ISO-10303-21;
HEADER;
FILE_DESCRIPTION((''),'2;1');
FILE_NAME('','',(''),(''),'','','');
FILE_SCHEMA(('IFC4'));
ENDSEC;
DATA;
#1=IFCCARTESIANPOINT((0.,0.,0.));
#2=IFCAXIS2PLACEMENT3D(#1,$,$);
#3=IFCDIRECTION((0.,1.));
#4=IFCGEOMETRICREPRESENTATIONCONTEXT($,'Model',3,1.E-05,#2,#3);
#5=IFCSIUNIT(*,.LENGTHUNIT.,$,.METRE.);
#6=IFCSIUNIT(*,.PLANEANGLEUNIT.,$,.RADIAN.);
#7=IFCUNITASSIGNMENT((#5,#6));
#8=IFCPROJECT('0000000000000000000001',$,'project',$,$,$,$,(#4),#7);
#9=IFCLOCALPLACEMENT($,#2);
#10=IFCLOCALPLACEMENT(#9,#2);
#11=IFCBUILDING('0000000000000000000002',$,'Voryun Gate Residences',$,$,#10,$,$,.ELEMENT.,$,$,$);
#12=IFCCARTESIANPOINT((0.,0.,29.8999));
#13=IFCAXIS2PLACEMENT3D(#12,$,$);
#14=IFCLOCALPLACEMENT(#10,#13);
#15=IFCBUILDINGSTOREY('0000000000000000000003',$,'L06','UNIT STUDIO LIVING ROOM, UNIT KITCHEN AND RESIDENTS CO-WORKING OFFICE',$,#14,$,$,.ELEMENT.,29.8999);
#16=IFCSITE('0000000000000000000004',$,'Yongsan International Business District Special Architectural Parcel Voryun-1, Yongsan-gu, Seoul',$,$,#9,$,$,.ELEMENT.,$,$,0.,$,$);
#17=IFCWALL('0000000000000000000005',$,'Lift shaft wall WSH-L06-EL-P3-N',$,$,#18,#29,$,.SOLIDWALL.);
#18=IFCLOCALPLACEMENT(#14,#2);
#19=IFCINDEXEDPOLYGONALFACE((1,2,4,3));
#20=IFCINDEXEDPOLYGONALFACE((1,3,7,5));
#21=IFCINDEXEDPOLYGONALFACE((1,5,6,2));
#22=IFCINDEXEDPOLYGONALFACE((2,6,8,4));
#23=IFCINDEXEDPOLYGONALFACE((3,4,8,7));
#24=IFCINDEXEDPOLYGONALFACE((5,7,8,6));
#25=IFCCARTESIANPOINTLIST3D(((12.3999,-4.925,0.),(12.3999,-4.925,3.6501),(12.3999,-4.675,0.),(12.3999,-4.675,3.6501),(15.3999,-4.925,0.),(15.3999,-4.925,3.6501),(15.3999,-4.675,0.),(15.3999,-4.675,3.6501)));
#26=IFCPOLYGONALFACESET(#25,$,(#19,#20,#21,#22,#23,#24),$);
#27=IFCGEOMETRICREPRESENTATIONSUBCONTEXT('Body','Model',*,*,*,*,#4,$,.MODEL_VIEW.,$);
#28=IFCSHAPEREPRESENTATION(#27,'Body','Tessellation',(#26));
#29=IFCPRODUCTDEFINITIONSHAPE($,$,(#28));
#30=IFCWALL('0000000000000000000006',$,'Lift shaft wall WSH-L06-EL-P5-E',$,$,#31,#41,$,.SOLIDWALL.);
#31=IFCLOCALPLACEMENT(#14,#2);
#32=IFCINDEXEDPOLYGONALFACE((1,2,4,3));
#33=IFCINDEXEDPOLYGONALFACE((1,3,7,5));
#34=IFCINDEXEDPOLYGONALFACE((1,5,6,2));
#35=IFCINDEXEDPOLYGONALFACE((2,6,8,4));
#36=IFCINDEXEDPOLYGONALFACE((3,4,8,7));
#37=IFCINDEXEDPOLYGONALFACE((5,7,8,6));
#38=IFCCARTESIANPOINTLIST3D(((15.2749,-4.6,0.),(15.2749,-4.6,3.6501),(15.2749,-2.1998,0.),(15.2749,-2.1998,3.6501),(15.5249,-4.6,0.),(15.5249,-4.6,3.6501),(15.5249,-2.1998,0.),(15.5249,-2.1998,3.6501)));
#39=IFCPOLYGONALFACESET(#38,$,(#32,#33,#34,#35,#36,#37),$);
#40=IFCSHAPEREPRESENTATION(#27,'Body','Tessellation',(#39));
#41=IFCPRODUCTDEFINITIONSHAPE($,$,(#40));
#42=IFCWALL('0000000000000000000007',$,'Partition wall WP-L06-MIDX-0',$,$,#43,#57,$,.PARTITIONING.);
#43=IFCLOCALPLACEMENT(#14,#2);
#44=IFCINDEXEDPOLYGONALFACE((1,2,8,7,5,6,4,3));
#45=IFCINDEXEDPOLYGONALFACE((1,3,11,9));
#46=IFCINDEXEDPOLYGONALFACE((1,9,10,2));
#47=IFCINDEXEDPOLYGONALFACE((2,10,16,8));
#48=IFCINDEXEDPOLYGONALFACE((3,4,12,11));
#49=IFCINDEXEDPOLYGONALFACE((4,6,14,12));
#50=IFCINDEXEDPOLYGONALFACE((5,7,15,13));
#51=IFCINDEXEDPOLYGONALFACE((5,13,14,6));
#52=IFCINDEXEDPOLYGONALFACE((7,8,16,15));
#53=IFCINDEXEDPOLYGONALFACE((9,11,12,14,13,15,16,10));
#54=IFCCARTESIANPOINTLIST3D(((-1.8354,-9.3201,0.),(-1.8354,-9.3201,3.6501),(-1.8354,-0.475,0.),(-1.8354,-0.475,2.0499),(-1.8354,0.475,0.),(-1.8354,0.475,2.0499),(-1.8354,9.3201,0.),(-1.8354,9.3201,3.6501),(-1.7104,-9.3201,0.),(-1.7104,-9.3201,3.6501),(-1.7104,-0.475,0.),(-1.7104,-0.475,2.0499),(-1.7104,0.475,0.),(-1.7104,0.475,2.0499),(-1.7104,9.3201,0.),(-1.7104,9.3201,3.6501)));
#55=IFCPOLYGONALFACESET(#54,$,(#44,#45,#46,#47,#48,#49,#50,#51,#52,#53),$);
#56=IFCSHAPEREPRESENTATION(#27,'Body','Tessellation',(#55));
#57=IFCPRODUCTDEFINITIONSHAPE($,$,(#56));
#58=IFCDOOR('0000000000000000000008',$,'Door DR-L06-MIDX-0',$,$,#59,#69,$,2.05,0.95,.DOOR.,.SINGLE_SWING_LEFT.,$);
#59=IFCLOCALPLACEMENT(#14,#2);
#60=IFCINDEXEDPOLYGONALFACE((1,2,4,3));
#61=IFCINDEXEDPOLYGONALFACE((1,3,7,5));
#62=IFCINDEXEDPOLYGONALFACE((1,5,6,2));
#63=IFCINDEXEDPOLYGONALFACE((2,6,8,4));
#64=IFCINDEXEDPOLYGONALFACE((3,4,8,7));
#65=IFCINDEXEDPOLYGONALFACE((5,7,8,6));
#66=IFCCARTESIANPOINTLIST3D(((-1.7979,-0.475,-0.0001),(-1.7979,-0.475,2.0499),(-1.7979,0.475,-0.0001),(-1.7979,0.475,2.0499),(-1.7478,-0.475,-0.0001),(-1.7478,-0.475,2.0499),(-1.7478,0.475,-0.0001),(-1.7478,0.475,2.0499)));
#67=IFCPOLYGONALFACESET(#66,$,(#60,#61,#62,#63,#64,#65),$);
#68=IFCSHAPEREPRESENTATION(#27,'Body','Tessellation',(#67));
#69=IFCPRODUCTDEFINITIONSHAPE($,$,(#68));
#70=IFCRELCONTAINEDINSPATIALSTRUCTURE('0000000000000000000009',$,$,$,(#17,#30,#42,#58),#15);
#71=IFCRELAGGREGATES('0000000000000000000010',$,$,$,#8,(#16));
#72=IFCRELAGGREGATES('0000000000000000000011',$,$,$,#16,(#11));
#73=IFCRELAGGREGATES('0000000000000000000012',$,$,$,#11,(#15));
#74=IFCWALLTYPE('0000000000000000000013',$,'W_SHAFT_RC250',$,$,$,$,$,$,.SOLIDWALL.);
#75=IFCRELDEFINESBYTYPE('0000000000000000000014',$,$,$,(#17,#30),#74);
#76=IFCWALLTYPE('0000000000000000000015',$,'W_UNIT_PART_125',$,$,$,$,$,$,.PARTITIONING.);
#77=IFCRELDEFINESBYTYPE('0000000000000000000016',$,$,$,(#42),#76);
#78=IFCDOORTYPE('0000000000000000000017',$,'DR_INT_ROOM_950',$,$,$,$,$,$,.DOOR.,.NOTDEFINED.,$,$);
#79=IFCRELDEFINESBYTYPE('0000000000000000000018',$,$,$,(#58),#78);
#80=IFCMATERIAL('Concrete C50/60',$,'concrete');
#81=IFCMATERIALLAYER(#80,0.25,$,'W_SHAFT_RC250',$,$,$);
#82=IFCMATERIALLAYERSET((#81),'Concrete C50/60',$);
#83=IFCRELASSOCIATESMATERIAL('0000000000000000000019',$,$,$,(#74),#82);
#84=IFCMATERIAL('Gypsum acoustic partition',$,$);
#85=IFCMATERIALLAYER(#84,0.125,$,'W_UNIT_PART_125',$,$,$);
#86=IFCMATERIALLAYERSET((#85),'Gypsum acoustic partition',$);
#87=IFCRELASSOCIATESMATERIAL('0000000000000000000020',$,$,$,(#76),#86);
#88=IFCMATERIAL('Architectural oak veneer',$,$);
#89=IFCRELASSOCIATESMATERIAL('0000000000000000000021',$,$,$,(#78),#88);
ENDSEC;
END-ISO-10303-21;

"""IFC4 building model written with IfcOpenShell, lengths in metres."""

from ifc_helpers import new_model, si_unit, direction, frame, frame_2d, origin, place, context, subcontext, project, spatial, rectangle, extrude, material, layer, layer_set, type_object, element, fill, save


model = new_model("IFC4")

# Units and contexts
model_context = context("Model", 3, precision=1e-05, world=origin(), true_north=direction((0.0, 1.0)))
body_context = subcontext(model_context, "Body", "Model", "MODEL_VIEW")
ifc_project = project(units=[si_unit("LENGTHUNIT", "METRE"), si_unit("PLANEANGLEUNIT", "RADIAN")], contexts=[model_context])

# Site, building, storey
site_placement = place(None, origin())
site = spatial("IfcSite", under=ifc_project, at=site_placement, Name="Yongsan International Business District Special Architectural Parcel Voryun-1, Yongsan-gu, Seoul", CompositionType="ELEMENT", RefElevation=0.0)
building_placement = place(site_placement, origin())
building = spatial("IfcBuilding", under=site, at=building_placement, Name="Voryun Gate Residences", CompositionType="ELEMENT")
storey_placement = place(building_placement, frame((0.0, 0.0, 29.8999)))
storey = spatial("IfcBuildingStorey", under=building, at=storey_placement, Name="L06", Description="UNIT STUDIO LIVING ROOM, UNIT KITCHEN AND RESIDENTS CO-WORKING OFFICE", CompositionType="ELEMENT", Elevation=29.8999)

# Walls
ifc_material_1 = material(Name="Concrete C50/60", Category="concrete")
ifc_layer_1 = layer(ifc_material_1, 0.25, Name="W_SHAFT_RC250")
ifc_layer_set_1 = layer_set([ifc_layer_1], Name="Concrete C50/60")
wall_type_1 = type_object("IfcWallType", Name="W_SHAFT_RC250", PredefinedType="SOLIDWALL", material=ifc_layer_set_1)
wall_1_placement = place(storey_placement, frame((15.3999, -4.8, 0.0), z_axis=(0.0, 0.0, 1.0), x_axis=(-1.0, 0.0, 0.0)))
element("IfcWall", 1, at=wall_1_placement, inside=storey, type_object=wall_type_1, Name="Lift shaft wall WSH-L06-EL-P3-N", PredefinedType="SOLIDWALL", context=body_context, shape_type="SweptSolid", body=[
    extrude(rectangle(XDim=3.0, YDim=0.25, at=frame_2d((1.5, 0.0))), origin(), (0.0, 0.0, 1.0), 3.6501),
])
wall_2_placement = place(storey_placement, frame((15.3999, -4.6001, 0.0), z_axis=(0.0, 0.0, 1.0), x_axis=(0.0, 1.0, 0.0)))
element("IfcWall", 2, at=wall_2_placement, inside=storey, type_object=wall_type_1, Name="Lift shaft wall WSH-L06-EL-P5-E", PredefinedType="SOLIDWALL", context=body_context, shape_type="SweptSolid", body=[
    extrude(rectangle(XDim=2.4001, YDim=0.25, at=frame_2d((1.2002, 0.0))), origin(), (0.0, 0.0, 1.0), 3.6501),
])

# Wall, opening, door
ifc_material_2 = material(Name="Gypsum acoustic partition")
ifc_layer_2 = layer(ifc_material_2, 0.125, Name="W_UNIT_PART_125")
ifc_layer_set_2 = layer_set([ifc_layer_2], Name="Gypsum acoustic partition")
wall_type_2 = type_object("IfcWallType", Name="W_UNIT_PART_125", PredefinedType="PARTITIONING", material=ifc_layer_set_2)
wall_3_placement = place(storey_placement, frame((-1.7729, -9.3201, 0.0), z_axis=(0.0, 0.0, 1.0), x_axis=(0.0, 1.0, 0.0)))
wall_3 = element("IfcWall", 3, at=wall_3_placement, inside=storey, type_object=wall_type_2, Name="Partition wall WP-L06-MIDX-0", PredefinedType="PARTITIONING", context=body_context, shape_type="SweptSolid", body=[
    extrude(rectangle(XDim=18.6401, YDim=0.125, at=frame_2d((9.3201, 0.0))), origin(), (0.0, 0.0, 1.0), 3.6501),
])
opening_1_placement = place(wall_3_placement, frame((8.845, 0.0, 0.0)))
opening_1 = element("IfcOpeningElement", 4, at=opening_1_placement, cuts=wall_3, PredefinedType="OPENING", context=body_context, shape_type="SweptSolid", body=[
    extrude(rectangle(XDim=0.95, YDim=2.05, at=frame_2d((0.4751, 1.0249))), frame((0.0, 0.0725, 0.0), z_axis=(0.0, -1.0, 0.0), x_axis=(1.0, 0.0, 0.0)), (0.0, 0.0, 1.0), 0.145),
])
ifc_material_3 = material(Name="Architectural oak veneer")
door_type_1 = type_object("IfcDoorType", Name="DR_INT_ROOM_950", OperationType="NOTDEFINED", PredefinedType="DOOR", material=ifc_material_3)
door_1_placement = place(opening_1_placement, origin())
door_1 = element("IfcDoor", 5, at=door_1_placement, inside=storey, type_object=door_type_1, Name="Door DR-L06-MIDX-0", OperationType="SINGLE_SWING_LEFT", OverallHeight=2.05, OverallWidth=0.95, PredefinedType="DOOR", context=body_context, shape_type="SweptSolid", body=[
    extrude(rectangle(XDim=0.95, YDim=2.05, at=frame_2d((0.4751, 1.0249))), frame((0.0, 0.0249, 0.0), z_axis=(0.0, -1.0, 0.0), x_axis=(1.0, 0.0, 0.0)), (0.0, 0.0, 1.0), 0.05),
])
fill(opening_1, door_1)

save(model, "model.ifc")
